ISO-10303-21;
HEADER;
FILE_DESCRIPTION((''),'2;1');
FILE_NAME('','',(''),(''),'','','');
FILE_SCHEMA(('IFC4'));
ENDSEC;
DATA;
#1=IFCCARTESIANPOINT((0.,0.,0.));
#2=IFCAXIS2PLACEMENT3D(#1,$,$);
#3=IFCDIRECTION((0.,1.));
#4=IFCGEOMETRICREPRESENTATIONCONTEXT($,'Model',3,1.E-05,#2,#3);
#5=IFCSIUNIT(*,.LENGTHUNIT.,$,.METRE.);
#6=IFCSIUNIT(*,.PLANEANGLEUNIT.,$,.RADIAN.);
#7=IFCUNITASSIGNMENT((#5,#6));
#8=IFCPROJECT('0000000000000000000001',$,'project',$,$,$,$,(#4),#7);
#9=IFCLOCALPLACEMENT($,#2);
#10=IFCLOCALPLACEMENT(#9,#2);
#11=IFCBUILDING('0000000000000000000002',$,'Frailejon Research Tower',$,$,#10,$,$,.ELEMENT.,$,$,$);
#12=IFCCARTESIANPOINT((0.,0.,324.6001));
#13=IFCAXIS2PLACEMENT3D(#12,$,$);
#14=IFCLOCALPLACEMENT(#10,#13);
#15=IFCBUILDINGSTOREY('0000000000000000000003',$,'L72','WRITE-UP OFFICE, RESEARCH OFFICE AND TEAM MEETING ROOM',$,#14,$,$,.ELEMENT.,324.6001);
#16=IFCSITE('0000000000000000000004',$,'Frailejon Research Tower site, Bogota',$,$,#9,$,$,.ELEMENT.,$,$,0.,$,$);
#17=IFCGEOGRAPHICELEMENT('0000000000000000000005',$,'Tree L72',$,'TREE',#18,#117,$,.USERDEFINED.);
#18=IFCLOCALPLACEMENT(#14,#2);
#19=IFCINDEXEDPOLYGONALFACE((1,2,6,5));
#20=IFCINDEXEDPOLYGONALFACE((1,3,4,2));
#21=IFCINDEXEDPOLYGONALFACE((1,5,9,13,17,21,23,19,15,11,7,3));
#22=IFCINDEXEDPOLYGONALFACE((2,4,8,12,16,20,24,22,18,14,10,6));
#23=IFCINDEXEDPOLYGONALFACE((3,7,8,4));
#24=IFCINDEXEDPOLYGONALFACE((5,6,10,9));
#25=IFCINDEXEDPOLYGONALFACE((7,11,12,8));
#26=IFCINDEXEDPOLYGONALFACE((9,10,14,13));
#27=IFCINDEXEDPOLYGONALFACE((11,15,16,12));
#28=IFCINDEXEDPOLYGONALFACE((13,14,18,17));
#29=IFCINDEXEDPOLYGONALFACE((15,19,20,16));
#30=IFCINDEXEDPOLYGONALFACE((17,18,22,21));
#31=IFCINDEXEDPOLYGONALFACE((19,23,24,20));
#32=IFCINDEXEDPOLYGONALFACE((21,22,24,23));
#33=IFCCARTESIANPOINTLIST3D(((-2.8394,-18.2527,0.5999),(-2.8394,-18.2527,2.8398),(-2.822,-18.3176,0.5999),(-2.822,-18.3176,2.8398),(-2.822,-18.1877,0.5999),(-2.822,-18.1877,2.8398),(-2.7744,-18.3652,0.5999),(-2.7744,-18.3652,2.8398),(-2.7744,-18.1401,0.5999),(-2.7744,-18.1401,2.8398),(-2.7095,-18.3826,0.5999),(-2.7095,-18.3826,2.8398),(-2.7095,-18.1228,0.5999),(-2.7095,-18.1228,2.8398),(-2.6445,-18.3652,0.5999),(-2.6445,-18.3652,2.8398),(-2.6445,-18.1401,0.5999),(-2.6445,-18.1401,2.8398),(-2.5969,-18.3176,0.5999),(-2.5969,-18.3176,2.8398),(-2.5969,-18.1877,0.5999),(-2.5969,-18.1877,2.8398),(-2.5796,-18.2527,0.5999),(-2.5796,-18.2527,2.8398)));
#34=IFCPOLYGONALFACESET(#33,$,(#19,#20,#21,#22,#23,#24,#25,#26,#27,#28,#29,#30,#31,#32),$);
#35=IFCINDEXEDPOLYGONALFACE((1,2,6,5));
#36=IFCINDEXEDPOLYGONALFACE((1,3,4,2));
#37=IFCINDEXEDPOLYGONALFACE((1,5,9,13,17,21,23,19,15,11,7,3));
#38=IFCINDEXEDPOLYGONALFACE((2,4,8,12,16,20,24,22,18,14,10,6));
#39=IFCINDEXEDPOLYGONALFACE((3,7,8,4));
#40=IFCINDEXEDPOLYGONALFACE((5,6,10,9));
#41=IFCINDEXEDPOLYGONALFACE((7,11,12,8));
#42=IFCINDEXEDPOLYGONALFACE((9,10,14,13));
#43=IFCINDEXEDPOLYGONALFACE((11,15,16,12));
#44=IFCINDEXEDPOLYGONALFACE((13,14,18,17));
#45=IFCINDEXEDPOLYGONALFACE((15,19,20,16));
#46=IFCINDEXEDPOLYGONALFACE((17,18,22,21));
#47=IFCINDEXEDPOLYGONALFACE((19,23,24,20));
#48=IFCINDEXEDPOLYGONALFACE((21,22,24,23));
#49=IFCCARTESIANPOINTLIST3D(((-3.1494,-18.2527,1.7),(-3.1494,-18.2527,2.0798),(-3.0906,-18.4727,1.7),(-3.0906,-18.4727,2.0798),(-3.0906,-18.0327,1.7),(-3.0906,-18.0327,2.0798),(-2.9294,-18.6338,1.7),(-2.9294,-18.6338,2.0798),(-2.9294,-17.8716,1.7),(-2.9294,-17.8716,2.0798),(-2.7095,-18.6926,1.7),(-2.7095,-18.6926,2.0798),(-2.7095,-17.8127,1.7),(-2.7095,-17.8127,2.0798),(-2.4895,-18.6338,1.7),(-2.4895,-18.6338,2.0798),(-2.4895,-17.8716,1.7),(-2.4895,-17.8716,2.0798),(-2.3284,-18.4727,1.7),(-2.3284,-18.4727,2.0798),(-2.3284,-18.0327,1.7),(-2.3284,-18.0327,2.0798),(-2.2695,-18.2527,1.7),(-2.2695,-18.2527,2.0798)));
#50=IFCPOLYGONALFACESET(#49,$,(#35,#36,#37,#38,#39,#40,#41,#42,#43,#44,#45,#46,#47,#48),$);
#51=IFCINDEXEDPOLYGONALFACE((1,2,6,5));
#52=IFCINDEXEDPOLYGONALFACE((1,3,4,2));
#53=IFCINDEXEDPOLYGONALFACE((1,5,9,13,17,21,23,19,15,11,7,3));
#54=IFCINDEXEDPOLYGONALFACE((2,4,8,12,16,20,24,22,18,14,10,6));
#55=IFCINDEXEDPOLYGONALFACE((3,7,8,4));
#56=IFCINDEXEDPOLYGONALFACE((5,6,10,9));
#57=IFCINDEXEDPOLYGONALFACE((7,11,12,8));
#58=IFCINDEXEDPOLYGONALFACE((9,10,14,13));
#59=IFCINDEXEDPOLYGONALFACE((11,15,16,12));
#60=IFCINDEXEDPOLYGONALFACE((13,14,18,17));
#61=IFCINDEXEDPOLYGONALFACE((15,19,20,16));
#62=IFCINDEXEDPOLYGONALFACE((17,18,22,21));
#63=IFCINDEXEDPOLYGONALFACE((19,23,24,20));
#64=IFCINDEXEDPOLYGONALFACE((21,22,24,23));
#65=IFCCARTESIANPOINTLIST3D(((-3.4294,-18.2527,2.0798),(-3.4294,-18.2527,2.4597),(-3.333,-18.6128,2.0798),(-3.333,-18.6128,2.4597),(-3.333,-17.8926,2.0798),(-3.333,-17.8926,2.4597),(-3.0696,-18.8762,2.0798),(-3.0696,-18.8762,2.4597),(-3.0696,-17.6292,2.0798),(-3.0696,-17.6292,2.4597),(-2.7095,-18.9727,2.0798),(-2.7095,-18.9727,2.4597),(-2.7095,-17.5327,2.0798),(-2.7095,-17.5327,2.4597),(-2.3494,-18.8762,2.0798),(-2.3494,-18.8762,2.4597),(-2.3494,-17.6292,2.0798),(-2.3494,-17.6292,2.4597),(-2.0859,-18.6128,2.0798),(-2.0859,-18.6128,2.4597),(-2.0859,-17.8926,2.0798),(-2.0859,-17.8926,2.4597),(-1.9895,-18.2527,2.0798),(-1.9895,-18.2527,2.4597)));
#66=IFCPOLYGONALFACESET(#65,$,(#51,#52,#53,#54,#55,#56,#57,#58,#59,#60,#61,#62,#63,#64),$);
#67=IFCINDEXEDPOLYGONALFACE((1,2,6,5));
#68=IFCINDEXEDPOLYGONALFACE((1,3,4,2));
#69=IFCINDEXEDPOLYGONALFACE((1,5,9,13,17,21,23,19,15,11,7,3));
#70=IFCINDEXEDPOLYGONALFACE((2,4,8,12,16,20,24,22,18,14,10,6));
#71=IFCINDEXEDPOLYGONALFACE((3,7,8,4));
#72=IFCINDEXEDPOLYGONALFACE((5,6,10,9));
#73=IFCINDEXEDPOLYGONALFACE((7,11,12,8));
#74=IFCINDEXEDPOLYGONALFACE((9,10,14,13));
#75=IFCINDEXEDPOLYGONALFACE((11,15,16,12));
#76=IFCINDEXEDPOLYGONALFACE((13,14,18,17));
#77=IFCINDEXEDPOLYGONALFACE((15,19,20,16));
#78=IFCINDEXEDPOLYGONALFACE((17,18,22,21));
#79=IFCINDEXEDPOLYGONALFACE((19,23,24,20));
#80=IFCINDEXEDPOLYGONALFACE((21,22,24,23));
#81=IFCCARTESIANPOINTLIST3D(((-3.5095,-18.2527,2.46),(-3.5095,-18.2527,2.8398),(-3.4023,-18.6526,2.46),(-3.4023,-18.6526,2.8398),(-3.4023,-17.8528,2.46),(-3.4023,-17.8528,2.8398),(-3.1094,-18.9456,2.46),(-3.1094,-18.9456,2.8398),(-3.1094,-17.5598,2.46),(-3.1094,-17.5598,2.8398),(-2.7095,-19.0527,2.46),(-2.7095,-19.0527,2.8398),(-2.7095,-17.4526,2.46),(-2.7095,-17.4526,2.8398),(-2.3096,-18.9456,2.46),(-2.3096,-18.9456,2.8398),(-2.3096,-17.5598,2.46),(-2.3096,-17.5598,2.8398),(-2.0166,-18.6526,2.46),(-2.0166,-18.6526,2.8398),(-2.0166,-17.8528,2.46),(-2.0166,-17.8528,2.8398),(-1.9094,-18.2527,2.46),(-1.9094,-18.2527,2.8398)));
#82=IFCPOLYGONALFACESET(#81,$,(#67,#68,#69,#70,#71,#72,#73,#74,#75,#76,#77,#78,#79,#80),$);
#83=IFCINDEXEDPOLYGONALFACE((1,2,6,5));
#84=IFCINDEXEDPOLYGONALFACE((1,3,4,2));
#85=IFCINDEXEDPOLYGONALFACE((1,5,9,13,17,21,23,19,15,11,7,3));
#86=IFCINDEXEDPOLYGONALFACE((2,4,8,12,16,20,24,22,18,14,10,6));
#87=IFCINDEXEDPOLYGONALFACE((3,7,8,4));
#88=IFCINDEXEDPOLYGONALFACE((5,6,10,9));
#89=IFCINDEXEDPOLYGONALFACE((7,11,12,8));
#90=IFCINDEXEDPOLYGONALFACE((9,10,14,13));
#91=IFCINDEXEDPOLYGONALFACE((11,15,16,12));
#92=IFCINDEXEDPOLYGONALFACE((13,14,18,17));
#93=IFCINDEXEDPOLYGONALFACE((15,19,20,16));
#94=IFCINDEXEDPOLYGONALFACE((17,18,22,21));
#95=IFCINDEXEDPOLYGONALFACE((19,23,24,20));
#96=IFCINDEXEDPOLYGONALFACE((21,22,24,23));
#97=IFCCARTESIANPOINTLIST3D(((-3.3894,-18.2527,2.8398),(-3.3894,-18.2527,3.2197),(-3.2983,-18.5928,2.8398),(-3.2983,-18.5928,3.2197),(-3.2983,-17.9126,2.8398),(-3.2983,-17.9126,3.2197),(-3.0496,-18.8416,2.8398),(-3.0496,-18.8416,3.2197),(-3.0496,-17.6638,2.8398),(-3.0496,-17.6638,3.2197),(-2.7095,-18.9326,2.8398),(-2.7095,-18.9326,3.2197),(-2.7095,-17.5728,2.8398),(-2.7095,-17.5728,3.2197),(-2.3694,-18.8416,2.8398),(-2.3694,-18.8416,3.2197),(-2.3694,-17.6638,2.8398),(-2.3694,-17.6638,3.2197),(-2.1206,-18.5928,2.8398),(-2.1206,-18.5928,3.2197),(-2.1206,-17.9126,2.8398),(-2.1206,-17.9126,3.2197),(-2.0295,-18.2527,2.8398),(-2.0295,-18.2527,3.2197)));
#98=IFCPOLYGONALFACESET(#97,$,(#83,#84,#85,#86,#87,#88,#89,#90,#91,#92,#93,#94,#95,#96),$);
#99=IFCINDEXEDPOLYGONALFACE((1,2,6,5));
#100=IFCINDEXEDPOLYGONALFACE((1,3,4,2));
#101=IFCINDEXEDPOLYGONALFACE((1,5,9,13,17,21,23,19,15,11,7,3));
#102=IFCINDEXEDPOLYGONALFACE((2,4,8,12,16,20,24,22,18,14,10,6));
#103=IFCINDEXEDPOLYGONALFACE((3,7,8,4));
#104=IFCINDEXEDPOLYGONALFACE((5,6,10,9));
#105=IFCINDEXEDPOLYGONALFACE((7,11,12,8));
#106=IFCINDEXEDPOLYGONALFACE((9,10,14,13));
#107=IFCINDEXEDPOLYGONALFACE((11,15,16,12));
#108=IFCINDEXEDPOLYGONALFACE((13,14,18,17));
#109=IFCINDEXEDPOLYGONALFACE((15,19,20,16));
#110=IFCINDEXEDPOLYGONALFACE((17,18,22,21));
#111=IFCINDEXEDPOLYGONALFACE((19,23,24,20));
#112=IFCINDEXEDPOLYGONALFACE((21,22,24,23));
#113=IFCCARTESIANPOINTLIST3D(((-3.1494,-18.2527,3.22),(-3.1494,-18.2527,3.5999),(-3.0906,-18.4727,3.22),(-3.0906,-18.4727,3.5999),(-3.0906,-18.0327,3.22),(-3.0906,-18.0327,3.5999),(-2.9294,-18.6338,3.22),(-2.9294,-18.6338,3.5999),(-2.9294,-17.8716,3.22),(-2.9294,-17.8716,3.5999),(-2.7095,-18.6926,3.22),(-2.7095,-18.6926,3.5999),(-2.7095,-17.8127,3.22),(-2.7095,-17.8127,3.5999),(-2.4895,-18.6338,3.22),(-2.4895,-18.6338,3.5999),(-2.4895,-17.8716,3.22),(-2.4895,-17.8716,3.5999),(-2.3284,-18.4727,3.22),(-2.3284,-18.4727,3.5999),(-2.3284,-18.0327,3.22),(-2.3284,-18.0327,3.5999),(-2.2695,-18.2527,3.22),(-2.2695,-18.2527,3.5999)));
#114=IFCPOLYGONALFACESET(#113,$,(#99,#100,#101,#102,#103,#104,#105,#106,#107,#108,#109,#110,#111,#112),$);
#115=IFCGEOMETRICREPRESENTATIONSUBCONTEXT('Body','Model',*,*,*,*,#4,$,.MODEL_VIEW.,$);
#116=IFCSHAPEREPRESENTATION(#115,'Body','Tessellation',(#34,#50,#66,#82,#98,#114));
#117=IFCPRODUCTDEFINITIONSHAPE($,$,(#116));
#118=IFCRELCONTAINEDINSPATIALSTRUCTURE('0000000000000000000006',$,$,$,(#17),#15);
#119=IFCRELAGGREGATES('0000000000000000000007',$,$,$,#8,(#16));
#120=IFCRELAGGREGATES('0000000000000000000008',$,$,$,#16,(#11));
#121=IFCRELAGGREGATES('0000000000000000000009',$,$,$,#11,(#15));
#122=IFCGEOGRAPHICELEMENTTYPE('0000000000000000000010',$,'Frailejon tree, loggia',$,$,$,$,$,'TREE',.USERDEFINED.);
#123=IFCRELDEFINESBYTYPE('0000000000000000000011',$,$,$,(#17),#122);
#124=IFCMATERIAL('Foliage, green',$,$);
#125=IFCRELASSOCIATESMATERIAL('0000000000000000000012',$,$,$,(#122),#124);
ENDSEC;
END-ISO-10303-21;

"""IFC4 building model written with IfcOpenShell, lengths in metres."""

from ifc_helpers import new_model, si_unit, direction, frame, origin, place, context, subcontext, project, spatial, polyline, outline, extrude, material, type_object, element, save


model = new_model("IFC4")

# Units and contexts
model_context = context("Model", 3, precision=1e-05, world=origin(), true_north=direction((0.0, 1.0)))
body_context = subcontext(model_context, "Body", "Model", "MODEL_VIEW")
ifc_project = project(units=[si_unit("LENGTHUNIT", "METRE"), si_unit("PLANEANGLEUNIT", "RADIAN")], contexts=[model_context])

# Site, building, storey
site_placement = place(None, origin())
site = spatial("IfcSite", under=ifc_project, at=site_placement, Name="Frailejon Research Tower site, Bogota", CompositionType="ELEMENT", RefElevation=0.0)
building_placement = place(site_placement, origin())
building = spatial("IfcBuilding", under=site, at=building_placement, Name="Frailejon Research Tower", CompositionType="ELEMENT")
storey_placement = place(building_placement, frame((0.0, 0.0, 324.6001)))
storey = spatial("IfcBuildingStorey", under=building, at=storey_placement, Name="L72", Description="WRITE-UP OFFICE, RESEARCH OFFICE AND TEAM MEETING ROOM", CompositionType="ELEMENT", Elevation=324.6001)

# Geographic element
ifc_material_1 = material(Name="Foliage, green")
geographic_element_type = type_object("IfcGeographicElementType", Name="Frailejon tree, loggia", ElementType="TREE", PredefinedType="USERDEFINED", material=ifc_material_1)
geographic_element_placement = place(storey_placement, frame((-2.7095, -18.2527, 0.5999)))
element("IfcGeographicElement", 1, at=geographic_element_placement, inside=storey, type_object=geographic_element_type, Name="Tree L72", ObjectType="TREE", PredefinedType="USERDEFINED", context=body_context, shape_type="SweptSolid", body=[
    extrude(outline(polyline([(0.1299, 0.0), (0.1125, 0.0649), (0.0649, 0.1125), (0.0, 0.1299), (-0.0649, 0.1125), (-0.1125, 0.0649), (-0.1299, 0.0), (-0.1125, -0.0649), (-0.0649, -0.1125), (0.0, -0.1299), (0.0649, -0.1125), (0.1125, -0.0649), (0.1299, 0.0)])), origin(), (0.0, 0.0, 1.0), 2.24),
    extrude(outline(polyline([(0.4399, 0.0), (0.3811, 0.22), (0.22, 0.3811), (0.0, 0.4399), (-0.22, 0.3811), (-0.3811, 0.22), (-0.4399, 0.0), (-0.3811, -0.22), (-0.22, -0.3811), (0.0, -0.4399), (0.22, -0.3811), (0.3811, -0.22), (0.4399, 0.0)])), frame((0.0, 0.0, 1.1001)), (0.0, 0.0, 1.0), 0.3799),
    extrude(outline(polyline([(0.72, 0.0), (0.6235, 0.3601), (0.3601, 0.6235), (0.0, 0.72), (-0.3601, 0.6235), (-0.6235, 0.3601), (-0.72, 0.0), (-0.6235, -0.3601), (-0.3601, -0.6235), (0.0, -0.72), (0.3601, -0.6235), (0.6235, -0.3601), (0.72, 0.0)])), frame((0.0, 0.0, 1.48)), (0.0, 0.0, 1.0), 0.3799),
    extrude(outline(polyline([(0.8, 0.0), (0.6929, 0.3999), (0.3999, 0.6929), (0.0, 0.8), (-0.3999, 0.6929), (-0.6929, 0.3999), (-0.8, 0.0), (-0.6929, -0.3999), (-0.3999, -0.6929), (0.0, -0.8), (0.3999, -0.6929), (0.6929, -0.3999), (0.8, 0.0)])), frame((0.0, 0.0, 1.8601)), (0.0, 0.0, 1.0), 0.3799),
    extrude(outline(polyline([(0.6799, 0.0), (0.5889, 0.3401), (0.3401, 0.5889), (0.0, 0.6799), (-0.3401, 0.5889), (-0.5889, 0.3401), (-0.6799, 0.0), (-0.5889, -0.3401), (-0.3401, -0.5889), (0.0, -0.6799), (0.3401, -0.5889), (0.5889, -0.3401), (0.6799, 0.0)])), frame((0.0, 0.0, 2.24)), (0.0, 0.0, 1.0), 0.3799),
    extrude(outline(polyline([(0.4399, 0.0), (0.3811, 0.22), (0.22, 0.3811), (0.0, 0.4399), (-0.22, 0.3811), (-0.3811, 0.22), (-0.4399, 0.0), (-0.3811, -0.22), (-0.22, -0.3811), (0.0, -0.4399), (0.22, -0.3811), (0.3811, -0.22), (0.4399, 0.0)])), frame((0.0, 0.0, 2.6201)), (0.0, 0.0, 1.0), 0.3799),
])

save(model, "model.ifc")
